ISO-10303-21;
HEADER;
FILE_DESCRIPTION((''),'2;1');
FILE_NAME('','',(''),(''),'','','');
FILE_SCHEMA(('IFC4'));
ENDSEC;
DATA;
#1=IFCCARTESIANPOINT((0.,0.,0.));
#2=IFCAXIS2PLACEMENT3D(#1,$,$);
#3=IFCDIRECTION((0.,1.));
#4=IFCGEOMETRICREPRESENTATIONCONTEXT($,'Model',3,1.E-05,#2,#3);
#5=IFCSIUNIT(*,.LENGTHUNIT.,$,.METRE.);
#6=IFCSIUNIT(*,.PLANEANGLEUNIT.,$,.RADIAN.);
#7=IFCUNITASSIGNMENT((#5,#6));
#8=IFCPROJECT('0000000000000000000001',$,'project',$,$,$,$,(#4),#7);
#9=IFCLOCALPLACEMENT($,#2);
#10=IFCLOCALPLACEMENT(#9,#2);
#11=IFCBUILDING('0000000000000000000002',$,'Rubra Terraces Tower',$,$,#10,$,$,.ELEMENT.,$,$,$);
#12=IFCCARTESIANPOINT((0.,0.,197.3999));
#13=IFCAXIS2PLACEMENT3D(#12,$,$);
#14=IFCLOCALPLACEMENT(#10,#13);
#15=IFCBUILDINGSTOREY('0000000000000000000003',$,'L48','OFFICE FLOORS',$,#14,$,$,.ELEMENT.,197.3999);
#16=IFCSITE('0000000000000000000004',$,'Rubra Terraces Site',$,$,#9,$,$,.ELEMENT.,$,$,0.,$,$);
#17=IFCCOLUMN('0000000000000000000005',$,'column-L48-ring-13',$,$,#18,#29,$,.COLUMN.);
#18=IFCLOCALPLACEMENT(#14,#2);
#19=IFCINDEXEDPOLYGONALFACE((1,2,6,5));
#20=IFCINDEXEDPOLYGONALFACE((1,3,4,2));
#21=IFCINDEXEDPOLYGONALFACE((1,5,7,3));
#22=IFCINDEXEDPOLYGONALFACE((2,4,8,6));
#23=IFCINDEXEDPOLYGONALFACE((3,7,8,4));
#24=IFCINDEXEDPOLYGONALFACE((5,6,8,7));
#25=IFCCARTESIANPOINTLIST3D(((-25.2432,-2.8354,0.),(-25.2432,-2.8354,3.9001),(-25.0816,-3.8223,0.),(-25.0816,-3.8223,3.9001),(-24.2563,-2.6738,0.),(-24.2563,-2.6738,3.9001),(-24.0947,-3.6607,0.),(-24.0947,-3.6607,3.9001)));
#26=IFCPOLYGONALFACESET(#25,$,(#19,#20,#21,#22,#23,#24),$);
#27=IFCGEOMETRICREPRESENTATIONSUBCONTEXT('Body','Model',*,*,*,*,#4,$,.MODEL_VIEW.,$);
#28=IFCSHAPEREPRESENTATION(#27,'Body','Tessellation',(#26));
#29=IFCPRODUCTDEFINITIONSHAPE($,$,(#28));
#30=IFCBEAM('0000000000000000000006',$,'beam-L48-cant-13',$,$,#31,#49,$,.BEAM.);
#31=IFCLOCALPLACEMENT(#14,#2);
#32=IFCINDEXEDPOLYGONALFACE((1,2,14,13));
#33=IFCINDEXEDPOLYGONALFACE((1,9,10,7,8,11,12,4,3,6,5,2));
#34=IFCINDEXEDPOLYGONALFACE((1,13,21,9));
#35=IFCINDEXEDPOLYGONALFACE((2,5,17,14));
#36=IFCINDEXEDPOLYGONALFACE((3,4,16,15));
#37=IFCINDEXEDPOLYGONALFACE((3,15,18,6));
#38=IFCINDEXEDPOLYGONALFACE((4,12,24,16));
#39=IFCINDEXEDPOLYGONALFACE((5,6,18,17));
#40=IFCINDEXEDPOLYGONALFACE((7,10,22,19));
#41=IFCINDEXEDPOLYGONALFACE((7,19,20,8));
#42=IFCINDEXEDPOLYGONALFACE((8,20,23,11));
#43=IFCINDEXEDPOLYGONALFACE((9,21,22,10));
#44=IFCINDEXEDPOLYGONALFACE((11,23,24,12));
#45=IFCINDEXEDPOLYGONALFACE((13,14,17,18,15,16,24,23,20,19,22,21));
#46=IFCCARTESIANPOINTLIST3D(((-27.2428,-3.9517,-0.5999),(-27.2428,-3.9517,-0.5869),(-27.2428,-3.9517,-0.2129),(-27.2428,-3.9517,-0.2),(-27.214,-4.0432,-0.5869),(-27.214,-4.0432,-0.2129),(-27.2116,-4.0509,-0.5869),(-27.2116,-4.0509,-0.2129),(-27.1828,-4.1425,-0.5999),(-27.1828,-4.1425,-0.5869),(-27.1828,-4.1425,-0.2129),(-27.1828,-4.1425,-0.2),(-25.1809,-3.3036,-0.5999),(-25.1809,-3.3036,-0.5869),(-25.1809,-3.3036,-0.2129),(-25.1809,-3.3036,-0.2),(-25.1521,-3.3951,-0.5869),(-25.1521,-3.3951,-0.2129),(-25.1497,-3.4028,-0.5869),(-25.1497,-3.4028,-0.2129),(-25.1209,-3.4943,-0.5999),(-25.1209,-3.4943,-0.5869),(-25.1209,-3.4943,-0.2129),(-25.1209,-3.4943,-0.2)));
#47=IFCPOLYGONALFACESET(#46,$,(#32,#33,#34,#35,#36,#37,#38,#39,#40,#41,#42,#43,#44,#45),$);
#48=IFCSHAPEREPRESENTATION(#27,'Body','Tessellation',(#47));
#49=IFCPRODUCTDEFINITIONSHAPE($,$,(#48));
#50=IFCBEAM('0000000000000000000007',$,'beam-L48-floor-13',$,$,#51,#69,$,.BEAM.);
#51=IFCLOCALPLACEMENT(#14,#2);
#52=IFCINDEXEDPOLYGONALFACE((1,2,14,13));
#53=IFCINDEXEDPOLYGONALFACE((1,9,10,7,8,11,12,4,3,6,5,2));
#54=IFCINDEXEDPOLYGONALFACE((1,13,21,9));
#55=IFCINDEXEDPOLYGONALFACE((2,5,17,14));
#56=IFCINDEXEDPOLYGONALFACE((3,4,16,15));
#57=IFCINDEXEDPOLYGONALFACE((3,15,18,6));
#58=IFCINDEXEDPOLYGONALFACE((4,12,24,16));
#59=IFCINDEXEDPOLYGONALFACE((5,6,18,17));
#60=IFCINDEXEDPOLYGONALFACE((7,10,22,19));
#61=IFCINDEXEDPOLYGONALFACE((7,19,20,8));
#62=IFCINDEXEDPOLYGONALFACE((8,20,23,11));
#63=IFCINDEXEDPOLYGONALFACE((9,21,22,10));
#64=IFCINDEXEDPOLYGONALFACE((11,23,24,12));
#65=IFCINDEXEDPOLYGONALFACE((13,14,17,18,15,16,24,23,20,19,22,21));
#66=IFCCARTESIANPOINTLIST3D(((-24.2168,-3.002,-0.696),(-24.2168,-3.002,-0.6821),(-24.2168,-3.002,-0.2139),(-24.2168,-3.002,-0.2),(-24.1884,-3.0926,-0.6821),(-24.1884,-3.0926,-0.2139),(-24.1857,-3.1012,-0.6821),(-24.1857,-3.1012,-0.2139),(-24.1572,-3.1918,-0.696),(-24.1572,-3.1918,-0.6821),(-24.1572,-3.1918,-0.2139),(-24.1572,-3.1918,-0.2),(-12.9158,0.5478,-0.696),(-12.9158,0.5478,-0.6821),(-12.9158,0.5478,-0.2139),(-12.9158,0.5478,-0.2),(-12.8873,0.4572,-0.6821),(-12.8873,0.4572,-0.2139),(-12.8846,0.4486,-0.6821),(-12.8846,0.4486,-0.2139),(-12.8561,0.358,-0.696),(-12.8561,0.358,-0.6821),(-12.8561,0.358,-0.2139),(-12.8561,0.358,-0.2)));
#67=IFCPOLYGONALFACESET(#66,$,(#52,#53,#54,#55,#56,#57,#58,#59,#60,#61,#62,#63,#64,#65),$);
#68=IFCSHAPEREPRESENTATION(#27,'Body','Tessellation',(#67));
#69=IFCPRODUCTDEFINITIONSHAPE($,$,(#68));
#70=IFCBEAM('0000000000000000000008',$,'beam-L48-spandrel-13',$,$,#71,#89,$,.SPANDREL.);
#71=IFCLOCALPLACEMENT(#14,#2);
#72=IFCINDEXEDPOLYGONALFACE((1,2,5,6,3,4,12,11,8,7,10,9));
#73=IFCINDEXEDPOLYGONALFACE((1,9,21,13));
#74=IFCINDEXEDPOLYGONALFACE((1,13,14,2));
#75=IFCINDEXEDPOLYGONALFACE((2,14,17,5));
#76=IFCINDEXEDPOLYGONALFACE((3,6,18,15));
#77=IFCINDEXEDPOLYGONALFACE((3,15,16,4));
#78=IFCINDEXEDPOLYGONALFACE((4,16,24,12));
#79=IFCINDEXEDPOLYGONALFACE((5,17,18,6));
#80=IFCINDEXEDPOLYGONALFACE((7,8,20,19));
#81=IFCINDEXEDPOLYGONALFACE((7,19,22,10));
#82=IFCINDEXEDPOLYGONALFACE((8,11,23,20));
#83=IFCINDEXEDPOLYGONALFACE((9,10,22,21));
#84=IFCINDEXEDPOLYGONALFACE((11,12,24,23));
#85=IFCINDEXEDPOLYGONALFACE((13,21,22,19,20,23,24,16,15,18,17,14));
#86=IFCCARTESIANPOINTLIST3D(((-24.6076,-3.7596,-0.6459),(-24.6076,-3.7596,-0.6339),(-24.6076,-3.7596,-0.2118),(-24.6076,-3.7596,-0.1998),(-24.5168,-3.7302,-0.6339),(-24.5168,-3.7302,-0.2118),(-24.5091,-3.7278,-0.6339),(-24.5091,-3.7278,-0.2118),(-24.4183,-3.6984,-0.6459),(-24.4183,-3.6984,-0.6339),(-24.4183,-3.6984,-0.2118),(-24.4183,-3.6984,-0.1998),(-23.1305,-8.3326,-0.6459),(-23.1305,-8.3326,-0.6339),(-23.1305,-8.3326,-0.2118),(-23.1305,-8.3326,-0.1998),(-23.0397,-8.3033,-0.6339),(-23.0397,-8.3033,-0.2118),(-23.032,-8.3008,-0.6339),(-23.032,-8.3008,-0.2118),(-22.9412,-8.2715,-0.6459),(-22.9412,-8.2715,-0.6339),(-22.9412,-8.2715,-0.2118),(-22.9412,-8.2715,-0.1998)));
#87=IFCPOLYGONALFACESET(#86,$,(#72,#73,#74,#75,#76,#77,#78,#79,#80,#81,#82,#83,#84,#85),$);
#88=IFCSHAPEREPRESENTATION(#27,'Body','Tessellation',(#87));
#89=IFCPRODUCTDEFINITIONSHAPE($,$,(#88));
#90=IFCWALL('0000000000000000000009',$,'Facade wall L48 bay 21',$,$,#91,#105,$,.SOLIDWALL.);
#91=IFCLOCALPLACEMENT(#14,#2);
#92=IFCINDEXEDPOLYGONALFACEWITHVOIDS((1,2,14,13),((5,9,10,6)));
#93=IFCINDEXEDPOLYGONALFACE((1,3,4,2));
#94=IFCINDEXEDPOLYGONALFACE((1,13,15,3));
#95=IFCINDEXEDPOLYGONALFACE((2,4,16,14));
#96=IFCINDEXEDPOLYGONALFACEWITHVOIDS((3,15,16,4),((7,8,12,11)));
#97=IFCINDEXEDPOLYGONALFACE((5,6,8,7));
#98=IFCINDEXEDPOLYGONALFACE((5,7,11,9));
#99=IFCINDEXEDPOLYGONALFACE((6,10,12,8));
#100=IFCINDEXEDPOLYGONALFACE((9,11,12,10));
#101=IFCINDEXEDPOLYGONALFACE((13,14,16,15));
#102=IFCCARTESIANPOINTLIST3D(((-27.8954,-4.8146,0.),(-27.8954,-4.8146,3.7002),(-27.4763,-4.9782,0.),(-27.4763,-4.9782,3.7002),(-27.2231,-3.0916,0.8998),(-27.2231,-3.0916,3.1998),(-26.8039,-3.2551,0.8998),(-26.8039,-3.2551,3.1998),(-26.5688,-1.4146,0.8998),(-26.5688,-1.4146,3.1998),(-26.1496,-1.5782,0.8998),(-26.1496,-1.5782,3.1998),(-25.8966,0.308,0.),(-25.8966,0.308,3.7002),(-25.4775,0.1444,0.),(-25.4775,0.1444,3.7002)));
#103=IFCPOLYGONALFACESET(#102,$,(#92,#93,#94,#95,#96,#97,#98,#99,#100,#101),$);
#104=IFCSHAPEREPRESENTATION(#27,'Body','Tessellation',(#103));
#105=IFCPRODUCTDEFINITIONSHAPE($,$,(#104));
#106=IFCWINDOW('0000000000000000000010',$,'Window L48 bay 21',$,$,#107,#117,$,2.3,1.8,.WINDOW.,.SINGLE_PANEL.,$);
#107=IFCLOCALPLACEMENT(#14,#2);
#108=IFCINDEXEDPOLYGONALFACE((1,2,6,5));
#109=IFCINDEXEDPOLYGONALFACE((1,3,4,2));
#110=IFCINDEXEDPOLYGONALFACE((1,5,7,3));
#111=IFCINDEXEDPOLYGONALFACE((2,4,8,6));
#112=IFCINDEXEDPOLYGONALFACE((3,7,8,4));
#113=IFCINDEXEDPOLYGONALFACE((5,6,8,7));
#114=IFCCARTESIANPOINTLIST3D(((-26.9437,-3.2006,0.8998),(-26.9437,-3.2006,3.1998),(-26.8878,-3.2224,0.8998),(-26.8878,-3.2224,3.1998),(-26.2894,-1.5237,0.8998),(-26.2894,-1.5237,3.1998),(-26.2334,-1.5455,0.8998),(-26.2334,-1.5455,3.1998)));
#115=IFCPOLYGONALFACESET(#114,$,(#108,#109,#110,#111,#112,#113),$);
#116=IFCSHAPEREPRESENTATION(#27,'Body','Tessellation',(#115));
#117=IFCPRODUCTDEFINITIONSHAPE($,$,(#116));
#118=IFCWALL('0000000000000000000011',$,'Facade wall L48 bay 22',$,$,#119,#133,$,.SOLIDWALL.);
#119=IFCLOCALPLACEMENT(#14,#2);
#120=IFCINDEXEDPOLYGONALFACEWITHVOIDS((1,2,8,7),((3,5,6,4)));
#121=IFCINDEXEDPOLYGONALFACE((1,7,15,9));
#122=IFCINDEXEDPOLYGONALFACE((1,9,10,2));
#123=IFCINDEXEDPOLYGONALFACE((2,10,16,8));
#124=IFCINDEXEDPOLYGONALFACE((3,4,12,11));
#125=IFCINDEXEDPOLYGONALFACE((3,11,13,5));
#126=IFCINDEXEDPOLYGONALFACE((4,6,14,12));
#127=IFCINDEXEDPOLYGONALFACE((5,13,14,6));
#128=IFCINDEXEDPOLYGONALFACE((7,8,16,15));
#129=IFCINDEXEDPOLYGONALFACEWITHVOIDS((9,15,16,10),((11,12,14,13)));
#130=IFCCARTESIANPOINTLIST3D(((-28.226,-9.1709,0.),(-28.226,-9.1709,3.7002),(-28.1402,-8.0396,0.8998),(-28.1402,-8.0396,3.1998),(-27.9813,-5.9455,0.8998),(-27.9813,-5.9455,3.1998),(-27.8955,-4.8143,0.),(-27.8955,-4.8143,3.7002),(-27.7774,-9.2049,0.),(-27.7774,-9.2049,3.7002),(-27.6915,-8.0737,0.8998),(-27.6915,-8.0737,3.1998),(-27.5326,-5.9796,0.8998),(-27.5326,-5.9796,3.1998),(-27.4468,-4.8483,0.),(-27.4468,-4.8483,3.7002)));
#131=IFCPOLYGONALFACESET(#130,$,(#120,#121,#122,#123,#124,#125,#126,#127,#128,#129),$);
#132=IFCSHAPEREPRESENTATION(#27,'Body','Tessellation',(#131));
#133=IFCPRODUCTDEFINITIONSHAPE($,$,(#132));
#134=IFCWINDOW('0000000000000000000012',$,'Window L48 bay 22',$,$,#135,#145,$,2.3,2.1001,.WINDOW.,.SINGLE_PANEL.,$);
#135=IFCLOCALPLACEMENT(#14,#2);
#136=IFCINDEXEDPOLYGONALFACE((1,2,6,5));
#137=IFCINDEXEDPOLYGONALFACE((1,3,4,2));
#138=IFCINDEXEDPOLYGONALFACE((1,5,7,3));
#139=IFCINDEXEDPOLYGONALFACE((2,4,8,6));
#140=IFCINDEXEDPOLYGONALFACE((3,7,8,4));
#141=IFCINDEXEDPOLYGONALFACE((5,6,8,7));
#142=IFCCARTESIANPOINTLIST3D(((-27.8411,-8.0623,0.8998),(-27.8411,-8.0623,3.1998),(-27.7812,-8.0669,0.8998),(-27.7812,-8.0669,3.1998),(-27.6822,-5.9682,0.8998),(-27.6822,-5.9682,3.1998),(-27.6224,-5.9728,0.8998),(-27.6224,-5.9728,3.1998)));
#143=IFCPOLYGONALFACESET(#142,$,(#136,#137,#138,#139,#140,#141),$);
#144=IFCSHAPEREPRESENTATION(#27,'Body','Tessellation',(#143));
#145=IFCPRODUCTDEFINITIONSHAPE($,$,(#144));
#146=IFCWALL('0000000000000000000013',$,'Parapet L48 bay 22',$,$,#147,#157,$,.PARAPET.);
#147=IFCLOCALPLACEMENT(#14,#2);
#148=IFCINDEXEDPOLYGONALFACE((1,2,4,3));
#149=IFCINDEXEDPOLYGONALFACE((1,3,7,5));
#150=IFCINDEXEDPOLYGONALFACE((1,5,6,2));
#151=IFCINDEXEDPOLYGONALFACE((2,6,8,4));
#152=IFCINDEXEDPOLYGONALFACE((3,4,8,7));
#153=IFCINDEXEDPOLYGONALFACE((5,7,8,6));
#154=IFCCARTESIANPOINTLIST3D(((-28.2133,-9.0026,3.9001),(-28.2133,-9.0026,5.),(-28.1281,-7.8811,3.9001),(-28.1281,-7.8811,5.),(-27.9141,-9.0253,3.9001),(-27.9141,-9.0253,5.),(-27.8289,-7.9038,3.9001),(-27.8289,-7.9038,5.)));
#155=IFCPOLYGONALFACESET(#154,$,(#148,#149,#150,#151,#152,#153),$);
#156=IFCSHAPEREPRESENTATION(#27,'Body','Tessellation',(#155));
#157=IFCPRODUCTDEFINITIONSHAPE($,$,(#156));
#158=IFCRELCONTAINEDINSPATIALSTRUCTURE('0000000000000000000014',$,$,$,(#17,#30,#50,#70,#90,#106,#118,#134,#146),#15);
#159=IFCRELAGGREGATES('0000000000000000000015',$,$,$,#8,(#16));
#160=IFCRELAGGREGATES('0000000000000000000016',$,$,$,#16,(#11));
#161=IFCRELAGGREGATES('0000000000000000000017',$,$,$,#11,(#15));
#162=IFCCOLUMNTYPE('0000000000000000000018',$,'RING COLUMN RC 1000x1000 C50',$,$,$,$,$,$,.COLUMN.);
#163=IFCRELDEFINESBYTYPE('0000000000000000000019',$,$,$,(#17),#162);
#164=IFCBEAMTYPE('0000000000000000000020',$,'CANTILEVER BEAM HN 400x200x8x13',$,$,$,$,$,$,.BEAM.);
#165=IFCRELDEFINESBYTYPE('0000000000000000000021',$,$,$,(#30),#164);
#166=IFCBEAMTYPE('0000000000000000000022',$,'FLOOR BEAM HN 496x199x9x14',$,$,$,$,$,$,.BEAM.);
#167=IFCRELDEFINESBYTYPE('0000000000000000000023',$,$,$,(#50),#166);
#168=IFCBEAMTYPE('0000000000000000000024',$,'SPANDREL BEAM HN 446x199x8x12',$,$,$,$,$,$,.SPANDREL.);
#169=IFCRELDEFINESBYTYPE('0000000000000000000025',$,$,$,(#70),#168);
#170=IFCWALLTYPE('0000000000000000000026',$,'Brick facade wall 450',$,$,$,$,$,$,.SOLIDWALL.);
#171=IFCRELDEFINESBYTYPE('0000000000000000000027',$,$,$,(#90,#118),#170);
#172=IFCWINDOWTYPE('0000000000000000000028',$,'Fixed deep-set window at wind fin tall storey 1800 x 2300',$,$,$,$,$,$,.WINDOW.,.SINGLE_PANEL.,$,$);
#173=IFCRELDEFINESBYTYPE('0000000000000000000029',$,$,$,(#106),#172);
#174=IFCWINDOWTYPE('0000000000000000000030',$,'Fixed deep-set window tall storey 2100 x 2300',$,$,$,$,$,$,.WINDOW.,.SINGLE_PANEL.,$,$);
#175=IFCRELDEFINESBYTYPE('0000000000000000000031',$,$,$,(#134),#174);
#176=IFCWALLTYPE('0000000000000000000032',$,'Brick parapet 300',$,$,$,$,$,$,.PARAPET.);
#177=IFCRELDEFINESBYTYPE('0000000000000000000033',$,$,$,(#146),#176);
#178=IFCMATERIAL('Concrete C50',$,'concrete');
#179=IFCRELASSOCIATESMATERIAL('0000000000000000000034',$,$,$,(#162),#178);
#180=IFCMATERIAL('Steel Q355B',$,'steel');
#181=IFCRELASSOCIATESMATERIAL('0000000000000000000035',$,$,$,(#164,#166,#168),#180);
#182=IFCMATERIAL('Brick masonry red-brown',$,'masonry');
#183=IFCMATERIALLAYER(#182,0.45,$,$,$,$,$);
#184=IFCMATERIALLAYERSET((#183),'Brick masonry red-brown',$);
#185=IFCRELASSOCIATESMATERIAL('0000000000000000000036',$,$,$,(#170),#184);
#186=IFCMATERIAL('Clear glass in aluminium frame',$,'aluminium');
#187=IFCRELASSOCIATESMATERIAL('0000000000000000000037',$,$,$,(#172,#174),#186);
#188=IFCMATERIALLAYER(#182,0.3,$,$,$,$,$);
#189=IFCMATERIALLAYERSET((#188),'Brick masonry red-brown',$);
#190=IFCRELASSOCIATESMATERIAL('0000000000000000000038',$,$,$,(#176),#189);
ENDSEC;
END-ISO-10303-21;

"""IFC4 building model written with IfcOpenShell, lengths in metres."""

from ifc_helpers import new_model, si_unit, direction, frame, frame_2d, origin, origin_2d, place, context, subcontext, project, spatial, rectangle, i_section, extrude, material, layer, layer_set, material_profile, profile_set, type_object, element, fill, save


model = new_model("IFC4")

# Units and contexts
model_context = context("Model", 3, precision=1e-05, world=origin(), true_north=direction((0.0, 1.0)))
body_context = subcontext(model_context, "Body", "Model", "MODEL_VIEW")
ifc_project = project(units=[si_unit("LENGTHUNIT", "METRE"), si_unit("PLANEANGLEUNIT", "RADIAN")], contexts=[model_context])

# Site, building, storey
site_placement = place(None, origin())
site = spatial("IfcSite", under=ifc_project, at=site_placement, Name="Rubra Terraces Site", CompositionType="ELEMENT", RefElevation=0.0)
building_placement = place(site_placement, origin())
building = spatial("IfcBuilding", under=site, at=building_placement, Name="Rubra Terraces Tower", CompositionType="ELEMENT")
storey_placement = place(building_placement, frame((0.0, 0.0, 197.3999)))
storey = spatial("IfcBuildingStorey", under=building, at=storey_placement, Name="L48", Description="OFFICE FLOORS", CompositionType="ELEMENT", Elevation=197.3999)

# Column
ifc_material_1 = material(Name="Concrete C50", Category="concrete")
ifc_material_profile_1 = material_profile(ifc_material_1, rectangle(XDim=1.0, YDim=1.0, at=origin_2d()), Name="RC 1000x1000")
ifc_profile_set_1 = profile_set([ifc_material_profile_1], Name="Concrete C50")
column_type = type_object("IfcColumnType", Name="RING COLUMN RC 1000x1000 C50", PredefinedType="COLUMN", material=ifc_profile_set_1)
column_placement = place(storey_placement, frame((-24.6689, -3.248, 0.0), z_axis=(0.0, 0.0, 1.0), x_axis=(0.161559, -0.986863, 0.0)))
element("IfcColumn", 1, at=column_placement, inside=storey, type_object=column_type, Name="column-L48-ring-13", PredefinedType="COLUMN", context=body_context, shape_type="SweptSolid", body=[
    extrude(rectangle(XDim=1.0, YDim=1.0, at=origin_2d()), origin(), (0.0, 0.0, 1.0), 3.9001),
])

# Beams
ifc_material_2 = material(Name="Steel Q355B", Category="steel")
ifc_material_profile_2 = material_profile(ifc_material_2, i_section(OverallWidth=0.2, OverallDepth=0.3999, WebThickness=0.0081, FlangeThickness=0.0129, at=origin_2d()), Name="HN 400x200x8x13")
ifc_profile_set_2 = profile_set([ifc_material_profile_2], Name="Steel Q355B")
beam_type_1 = type_object("IfcBeamType", Name="CANTILEVER BEAM HN 400x200x8x13", PredefinedType="BEAM", material=ifc_profile_set_2)
beam_1_placement = place(storey_placement, frame((-25.1509, -3.3989, -0.3999), z_axis=(-0.953976, -0.299882, 0.0), x_axis=(0.299882, -0.953976, 0.0)))
element("IfcBeam", 2, at=beam_1_placement, inside=storey, type_object=beam_type_1, Name="beam-L48-cant-13", PredefinedType="BEAM", context=body_context, shape_type="SweptSolid", body=[
    extrude(i_section(OverallWidth=0.2, OverallDepth=0.3999, WebThickness=0.0081, FlangeThickness=0.0129, at=origin_2d()), origin(), (0.0, 0.0, 1.0), 2.1614),
])
ifc_material_profile_3 = material_profile(ifc_material_2, i_section(OverallWidth=0.199, OverallDepth=0.4961, WebThickness=0.009, FlangeThickness=0.0139, at=origin_2d()), Name="HN 496x199x9x14")
ifc_profile_set_3 = profile_set([ifc_material_profile_3], Name="Steel Q355B")
beam_type_2 = type_object("IfcBeamType", Name="FLOOR BEAM HN 496x199x9x14", PredefinedType="BEAM", material=ifc_profile_set_3)
beam_2_placement = place(storey_placement, frame((-24.187, -3.0969, -0.448), z_axis=(0.954041, 0.299677, 0.0), x_axis=(-0.299677, 0.954041, 0.0)))
element("IfcBeam", 3, at=beam_2_placement, inside=storey, type_object=beam_type_2, Name="beam-L48-floor-13", PredefinedType="BEAM", context=body_context, shape_type="SweptSolid", body=[
    extrude(i_section(OverallWidth=0.199, OverallDepth=0.4961, WebThickness=0.009, FlangeThickness=0.0139, at=origin_2d()), origin(), (0.0, 0.0, 1.0), 11.8455),
])
ifc_material_profile_4 = material_profile(ifc_material_2, i_section(OverallWidth=0.199, OverallDepth=0.446, WebThickness=0.0081, FlangeThickness=0.012, at=origin_2d()), Name="HN 446x199x8x12")
ifc_profile_set_4 = profile_set([ifc_material_profile_4], Name="Steel Q355B")
beam_type_3 = type_object("IfcBeamType", Name="SPANDREL BEAM HN 446x199x8x12", PredefinedType="SPANDREL", material=ifc_profile_set_4)
beam_3_placement = place(storey_placement, frame((-24.5129, -3.729, -0.4229), z_axis=(0.307359, -0.951594, 0.0), x_axis=(0.951594, 0.307359, 0.0)))
element("IfcBeam", 4, at=beam_3_placement, inside=storey, type_object=beam_type_3, Name="beam-L48-spandrel-13", PredefinedType="SPANDREL", context=body_context, shape_type="SweptSolid", body=[
    extrude(i_section(OverallWidth=0.199, OverallDepth=0.446, WebThickness=0.0081, FlangeThickness=0.012, at=origin_2d()), origin(), (0.0, 0.0, 1.0), 4.8057),
])

# Walls, openings, windows
ifc_material_3 = material(Name="Brick masonry red-brown", Category="masonry")
ifc_layer_1 = layer(ifc_material_3, 0.45)
ifc_layer_set_1 = layer_set([ifc_layer_1], Name="Brick masonry red-brown")
wall_type_1 = type_object("IfcWallType", Name="Brick facade wall 450", PredefinedType="SOLIDWALL", material=ifc_layer_set_1)
wall_1_placement = place(storey_placement, frame((-25.687, 0.2263, 0.0), z_axis=(0.0, 0.0, 1.0), x_axis=(-0.3635, -0.931594, 0.0)))
wall_1 = element("IfcWall", 5, at=wall_1_placement, inside=storey, type_object=wall_type_1, Name="Facade wall L48 bay 21", PredefinedType="SOLIDWALL", context=body_context, shape_type="SweptSolid", body=[
    extrude(rectangle(XDim=5.4988, YDim=0.45, at=frame_2d((2.7495, 0.0))), origin(), (0.0, 0.0, 1.0), 3.7002),
])
opening_1_placement = place(wall_1_placement, frame((1.8494, 0.0, 0.8999)))
opening_1 = element("IfcOpeningElement", 6, at=opening_1_placement, cuts=wall_1, PredefinedType="OPENING", context=body_context, shape_type="SweptSolid", body=[
    extrude(rectangle(XDim=1.8, YDim=2.3, at=frame_2d((0.8999, 1.1499))), frame((0.0, 0.2349, 0.0), z_axis=(0.0, -1.0, 0.0), x_axis=(1.0, 0.0, 0.0)), (0.0, 0.0, 1.0), 0.47),
])
ifc_material_4 = material(Name="Clear glass in aluminium frame", Category="aluminium")
window_type_1 = type_object("IfcWindowType", Name="Fixed deep-set window at wind fin tall storey 1800 x 2300", PartitioningType="SINGLE_PANEL", PredefinedType="WINDOW", material=ifc_material_4)
window_1_placement = place(opening_1_placement, origin())
window_1 = element("IfcWindow", 7, at=window_1_placement, inside=storey, type_object=window_type_1, Name="Window L48 bay 21", OverallHeight=2.3, OverallWidth=1.8, PartitioningType="SINGLE_PANEL", PredefinedType="WINDOW", context=body_context, shape_type="SweptSolid", body=[
    extrude(rectangle(XDim=1.8, YDim=2.3, at=frame_2d((0.8999, 1.1499))), frame((0.0, 0.135, 0.0), z_axis=(0.0, -1.0, 0.0), x_axis=(1.0, 0.0, 0.0)), (0.0, 0.0, 1.0), 0.0601),
])
fill(opening_1, window_1)
wall_2_placement = place(storey_placement, frame((-27.6711, -4.8313, 0.0), z_axis=(0.0, 0.0, 1.0), x_axis=(-0.075658, -0.997134, 0.0)))
wall_2 = element("IfcWall", 8, at=wall_2_placement, inside=storey, type_object=wall_type_1, Name="Facade wall L48 bay 22", PredefinedType="SOLIDWALL", context=body_context, shape_type="SweptSolid", body=[
    extrude(rectangle(XDim=4.3691, YDim=0.45, at=frame_2d((2.1846, 0.0))), origin(), (0.0, 0.0, 1.0), 3.7002),
])
opening_2_placement = place(wall_2_placement, frame((1.1345, 0.0, 0.8999)))
opening_2 = element("IfcOpeningElement", 9, at=opening_2_placement, cuts=wall_2, PredefinedType="OPENING", context=body_context, shape_type="SweptSolid", body=[
    extrude(rectangle(XDim=2.1001, YDim=2.3, at=frame_2d((1.05, 1.1499))), frame((0.0, 0.2349, 0.0), z_axis=(0.0, -1.0, 0.0), x_axis=(1.0, 0.0, 0.0)), (0.0, 0.0, 1.0), 0.47),
])
window_type_2 = type_object("IfcWindowType", Name="Fixed deep-set window tall storey 2100 x 2300", PartitioningType="SINGLE_PANEL", PredefinedType="WINDOW", material=ifc_material_4)
window_2_placement = place(opening_2_placement, origin())
window_2 = element("IfcWindow", 10, at=window_2_placement, inside=storey, type_object=window_type_2, Name="Window L48 bay 22", OverallHeight=2.3, OverallWidth=2.1001, PartitioningType="SINGLE_PANEL", PredefinedType="WINDOW", context=body_context, shape_type="SweptSolid", body=[
    extrude(rectangle(XDim=2.1001, YDim=2.3, at=frame_2d((1.05, 1.1499))), frame((0.0, 0.135, 0.0), z_axis=(0.0, -1.0, 0.0), x_axis=(1.0, 0.0, 0.0)), (0.0, 0.0, 1.0), 0.0601),
])
fill(opening_2, window_2)

# Wall
ifc_layer_2 = layer(ifc_material_3, 0.3)
ifc_layer_set_2 = layer_set([ifc_layer_2], Name="Brick masonry red-brown")
wall_type_2 = type_object("IfcWallType", Name="Brick parapet 300", PredefinedType="PARAPET", material=ifc_layer_set_2)
wall_3_placement = place(storey_placement, frame((-27.9785, -7.8923, 3.9001), z_axis=(0.0, 0.0, 1.0), x_axis=(-0.07575, -0.997127, 0.0)))
element("IfcWall", 11, at=wall_3_placement, inside=storey, type_object=wall_type_2, Name="Parapet L48 bay 22", PredefinedType="PARAPET", context=body_context, shape_type="SweptSolid", body=[
    extrude(rectangle(XDim=1.1248, YDim=0.3, at=frame_2d((0.5625, 0.0))), origin(), (0.0, 0.0, 1.0), 1.0999),
])

save(model, "model.ifc")
